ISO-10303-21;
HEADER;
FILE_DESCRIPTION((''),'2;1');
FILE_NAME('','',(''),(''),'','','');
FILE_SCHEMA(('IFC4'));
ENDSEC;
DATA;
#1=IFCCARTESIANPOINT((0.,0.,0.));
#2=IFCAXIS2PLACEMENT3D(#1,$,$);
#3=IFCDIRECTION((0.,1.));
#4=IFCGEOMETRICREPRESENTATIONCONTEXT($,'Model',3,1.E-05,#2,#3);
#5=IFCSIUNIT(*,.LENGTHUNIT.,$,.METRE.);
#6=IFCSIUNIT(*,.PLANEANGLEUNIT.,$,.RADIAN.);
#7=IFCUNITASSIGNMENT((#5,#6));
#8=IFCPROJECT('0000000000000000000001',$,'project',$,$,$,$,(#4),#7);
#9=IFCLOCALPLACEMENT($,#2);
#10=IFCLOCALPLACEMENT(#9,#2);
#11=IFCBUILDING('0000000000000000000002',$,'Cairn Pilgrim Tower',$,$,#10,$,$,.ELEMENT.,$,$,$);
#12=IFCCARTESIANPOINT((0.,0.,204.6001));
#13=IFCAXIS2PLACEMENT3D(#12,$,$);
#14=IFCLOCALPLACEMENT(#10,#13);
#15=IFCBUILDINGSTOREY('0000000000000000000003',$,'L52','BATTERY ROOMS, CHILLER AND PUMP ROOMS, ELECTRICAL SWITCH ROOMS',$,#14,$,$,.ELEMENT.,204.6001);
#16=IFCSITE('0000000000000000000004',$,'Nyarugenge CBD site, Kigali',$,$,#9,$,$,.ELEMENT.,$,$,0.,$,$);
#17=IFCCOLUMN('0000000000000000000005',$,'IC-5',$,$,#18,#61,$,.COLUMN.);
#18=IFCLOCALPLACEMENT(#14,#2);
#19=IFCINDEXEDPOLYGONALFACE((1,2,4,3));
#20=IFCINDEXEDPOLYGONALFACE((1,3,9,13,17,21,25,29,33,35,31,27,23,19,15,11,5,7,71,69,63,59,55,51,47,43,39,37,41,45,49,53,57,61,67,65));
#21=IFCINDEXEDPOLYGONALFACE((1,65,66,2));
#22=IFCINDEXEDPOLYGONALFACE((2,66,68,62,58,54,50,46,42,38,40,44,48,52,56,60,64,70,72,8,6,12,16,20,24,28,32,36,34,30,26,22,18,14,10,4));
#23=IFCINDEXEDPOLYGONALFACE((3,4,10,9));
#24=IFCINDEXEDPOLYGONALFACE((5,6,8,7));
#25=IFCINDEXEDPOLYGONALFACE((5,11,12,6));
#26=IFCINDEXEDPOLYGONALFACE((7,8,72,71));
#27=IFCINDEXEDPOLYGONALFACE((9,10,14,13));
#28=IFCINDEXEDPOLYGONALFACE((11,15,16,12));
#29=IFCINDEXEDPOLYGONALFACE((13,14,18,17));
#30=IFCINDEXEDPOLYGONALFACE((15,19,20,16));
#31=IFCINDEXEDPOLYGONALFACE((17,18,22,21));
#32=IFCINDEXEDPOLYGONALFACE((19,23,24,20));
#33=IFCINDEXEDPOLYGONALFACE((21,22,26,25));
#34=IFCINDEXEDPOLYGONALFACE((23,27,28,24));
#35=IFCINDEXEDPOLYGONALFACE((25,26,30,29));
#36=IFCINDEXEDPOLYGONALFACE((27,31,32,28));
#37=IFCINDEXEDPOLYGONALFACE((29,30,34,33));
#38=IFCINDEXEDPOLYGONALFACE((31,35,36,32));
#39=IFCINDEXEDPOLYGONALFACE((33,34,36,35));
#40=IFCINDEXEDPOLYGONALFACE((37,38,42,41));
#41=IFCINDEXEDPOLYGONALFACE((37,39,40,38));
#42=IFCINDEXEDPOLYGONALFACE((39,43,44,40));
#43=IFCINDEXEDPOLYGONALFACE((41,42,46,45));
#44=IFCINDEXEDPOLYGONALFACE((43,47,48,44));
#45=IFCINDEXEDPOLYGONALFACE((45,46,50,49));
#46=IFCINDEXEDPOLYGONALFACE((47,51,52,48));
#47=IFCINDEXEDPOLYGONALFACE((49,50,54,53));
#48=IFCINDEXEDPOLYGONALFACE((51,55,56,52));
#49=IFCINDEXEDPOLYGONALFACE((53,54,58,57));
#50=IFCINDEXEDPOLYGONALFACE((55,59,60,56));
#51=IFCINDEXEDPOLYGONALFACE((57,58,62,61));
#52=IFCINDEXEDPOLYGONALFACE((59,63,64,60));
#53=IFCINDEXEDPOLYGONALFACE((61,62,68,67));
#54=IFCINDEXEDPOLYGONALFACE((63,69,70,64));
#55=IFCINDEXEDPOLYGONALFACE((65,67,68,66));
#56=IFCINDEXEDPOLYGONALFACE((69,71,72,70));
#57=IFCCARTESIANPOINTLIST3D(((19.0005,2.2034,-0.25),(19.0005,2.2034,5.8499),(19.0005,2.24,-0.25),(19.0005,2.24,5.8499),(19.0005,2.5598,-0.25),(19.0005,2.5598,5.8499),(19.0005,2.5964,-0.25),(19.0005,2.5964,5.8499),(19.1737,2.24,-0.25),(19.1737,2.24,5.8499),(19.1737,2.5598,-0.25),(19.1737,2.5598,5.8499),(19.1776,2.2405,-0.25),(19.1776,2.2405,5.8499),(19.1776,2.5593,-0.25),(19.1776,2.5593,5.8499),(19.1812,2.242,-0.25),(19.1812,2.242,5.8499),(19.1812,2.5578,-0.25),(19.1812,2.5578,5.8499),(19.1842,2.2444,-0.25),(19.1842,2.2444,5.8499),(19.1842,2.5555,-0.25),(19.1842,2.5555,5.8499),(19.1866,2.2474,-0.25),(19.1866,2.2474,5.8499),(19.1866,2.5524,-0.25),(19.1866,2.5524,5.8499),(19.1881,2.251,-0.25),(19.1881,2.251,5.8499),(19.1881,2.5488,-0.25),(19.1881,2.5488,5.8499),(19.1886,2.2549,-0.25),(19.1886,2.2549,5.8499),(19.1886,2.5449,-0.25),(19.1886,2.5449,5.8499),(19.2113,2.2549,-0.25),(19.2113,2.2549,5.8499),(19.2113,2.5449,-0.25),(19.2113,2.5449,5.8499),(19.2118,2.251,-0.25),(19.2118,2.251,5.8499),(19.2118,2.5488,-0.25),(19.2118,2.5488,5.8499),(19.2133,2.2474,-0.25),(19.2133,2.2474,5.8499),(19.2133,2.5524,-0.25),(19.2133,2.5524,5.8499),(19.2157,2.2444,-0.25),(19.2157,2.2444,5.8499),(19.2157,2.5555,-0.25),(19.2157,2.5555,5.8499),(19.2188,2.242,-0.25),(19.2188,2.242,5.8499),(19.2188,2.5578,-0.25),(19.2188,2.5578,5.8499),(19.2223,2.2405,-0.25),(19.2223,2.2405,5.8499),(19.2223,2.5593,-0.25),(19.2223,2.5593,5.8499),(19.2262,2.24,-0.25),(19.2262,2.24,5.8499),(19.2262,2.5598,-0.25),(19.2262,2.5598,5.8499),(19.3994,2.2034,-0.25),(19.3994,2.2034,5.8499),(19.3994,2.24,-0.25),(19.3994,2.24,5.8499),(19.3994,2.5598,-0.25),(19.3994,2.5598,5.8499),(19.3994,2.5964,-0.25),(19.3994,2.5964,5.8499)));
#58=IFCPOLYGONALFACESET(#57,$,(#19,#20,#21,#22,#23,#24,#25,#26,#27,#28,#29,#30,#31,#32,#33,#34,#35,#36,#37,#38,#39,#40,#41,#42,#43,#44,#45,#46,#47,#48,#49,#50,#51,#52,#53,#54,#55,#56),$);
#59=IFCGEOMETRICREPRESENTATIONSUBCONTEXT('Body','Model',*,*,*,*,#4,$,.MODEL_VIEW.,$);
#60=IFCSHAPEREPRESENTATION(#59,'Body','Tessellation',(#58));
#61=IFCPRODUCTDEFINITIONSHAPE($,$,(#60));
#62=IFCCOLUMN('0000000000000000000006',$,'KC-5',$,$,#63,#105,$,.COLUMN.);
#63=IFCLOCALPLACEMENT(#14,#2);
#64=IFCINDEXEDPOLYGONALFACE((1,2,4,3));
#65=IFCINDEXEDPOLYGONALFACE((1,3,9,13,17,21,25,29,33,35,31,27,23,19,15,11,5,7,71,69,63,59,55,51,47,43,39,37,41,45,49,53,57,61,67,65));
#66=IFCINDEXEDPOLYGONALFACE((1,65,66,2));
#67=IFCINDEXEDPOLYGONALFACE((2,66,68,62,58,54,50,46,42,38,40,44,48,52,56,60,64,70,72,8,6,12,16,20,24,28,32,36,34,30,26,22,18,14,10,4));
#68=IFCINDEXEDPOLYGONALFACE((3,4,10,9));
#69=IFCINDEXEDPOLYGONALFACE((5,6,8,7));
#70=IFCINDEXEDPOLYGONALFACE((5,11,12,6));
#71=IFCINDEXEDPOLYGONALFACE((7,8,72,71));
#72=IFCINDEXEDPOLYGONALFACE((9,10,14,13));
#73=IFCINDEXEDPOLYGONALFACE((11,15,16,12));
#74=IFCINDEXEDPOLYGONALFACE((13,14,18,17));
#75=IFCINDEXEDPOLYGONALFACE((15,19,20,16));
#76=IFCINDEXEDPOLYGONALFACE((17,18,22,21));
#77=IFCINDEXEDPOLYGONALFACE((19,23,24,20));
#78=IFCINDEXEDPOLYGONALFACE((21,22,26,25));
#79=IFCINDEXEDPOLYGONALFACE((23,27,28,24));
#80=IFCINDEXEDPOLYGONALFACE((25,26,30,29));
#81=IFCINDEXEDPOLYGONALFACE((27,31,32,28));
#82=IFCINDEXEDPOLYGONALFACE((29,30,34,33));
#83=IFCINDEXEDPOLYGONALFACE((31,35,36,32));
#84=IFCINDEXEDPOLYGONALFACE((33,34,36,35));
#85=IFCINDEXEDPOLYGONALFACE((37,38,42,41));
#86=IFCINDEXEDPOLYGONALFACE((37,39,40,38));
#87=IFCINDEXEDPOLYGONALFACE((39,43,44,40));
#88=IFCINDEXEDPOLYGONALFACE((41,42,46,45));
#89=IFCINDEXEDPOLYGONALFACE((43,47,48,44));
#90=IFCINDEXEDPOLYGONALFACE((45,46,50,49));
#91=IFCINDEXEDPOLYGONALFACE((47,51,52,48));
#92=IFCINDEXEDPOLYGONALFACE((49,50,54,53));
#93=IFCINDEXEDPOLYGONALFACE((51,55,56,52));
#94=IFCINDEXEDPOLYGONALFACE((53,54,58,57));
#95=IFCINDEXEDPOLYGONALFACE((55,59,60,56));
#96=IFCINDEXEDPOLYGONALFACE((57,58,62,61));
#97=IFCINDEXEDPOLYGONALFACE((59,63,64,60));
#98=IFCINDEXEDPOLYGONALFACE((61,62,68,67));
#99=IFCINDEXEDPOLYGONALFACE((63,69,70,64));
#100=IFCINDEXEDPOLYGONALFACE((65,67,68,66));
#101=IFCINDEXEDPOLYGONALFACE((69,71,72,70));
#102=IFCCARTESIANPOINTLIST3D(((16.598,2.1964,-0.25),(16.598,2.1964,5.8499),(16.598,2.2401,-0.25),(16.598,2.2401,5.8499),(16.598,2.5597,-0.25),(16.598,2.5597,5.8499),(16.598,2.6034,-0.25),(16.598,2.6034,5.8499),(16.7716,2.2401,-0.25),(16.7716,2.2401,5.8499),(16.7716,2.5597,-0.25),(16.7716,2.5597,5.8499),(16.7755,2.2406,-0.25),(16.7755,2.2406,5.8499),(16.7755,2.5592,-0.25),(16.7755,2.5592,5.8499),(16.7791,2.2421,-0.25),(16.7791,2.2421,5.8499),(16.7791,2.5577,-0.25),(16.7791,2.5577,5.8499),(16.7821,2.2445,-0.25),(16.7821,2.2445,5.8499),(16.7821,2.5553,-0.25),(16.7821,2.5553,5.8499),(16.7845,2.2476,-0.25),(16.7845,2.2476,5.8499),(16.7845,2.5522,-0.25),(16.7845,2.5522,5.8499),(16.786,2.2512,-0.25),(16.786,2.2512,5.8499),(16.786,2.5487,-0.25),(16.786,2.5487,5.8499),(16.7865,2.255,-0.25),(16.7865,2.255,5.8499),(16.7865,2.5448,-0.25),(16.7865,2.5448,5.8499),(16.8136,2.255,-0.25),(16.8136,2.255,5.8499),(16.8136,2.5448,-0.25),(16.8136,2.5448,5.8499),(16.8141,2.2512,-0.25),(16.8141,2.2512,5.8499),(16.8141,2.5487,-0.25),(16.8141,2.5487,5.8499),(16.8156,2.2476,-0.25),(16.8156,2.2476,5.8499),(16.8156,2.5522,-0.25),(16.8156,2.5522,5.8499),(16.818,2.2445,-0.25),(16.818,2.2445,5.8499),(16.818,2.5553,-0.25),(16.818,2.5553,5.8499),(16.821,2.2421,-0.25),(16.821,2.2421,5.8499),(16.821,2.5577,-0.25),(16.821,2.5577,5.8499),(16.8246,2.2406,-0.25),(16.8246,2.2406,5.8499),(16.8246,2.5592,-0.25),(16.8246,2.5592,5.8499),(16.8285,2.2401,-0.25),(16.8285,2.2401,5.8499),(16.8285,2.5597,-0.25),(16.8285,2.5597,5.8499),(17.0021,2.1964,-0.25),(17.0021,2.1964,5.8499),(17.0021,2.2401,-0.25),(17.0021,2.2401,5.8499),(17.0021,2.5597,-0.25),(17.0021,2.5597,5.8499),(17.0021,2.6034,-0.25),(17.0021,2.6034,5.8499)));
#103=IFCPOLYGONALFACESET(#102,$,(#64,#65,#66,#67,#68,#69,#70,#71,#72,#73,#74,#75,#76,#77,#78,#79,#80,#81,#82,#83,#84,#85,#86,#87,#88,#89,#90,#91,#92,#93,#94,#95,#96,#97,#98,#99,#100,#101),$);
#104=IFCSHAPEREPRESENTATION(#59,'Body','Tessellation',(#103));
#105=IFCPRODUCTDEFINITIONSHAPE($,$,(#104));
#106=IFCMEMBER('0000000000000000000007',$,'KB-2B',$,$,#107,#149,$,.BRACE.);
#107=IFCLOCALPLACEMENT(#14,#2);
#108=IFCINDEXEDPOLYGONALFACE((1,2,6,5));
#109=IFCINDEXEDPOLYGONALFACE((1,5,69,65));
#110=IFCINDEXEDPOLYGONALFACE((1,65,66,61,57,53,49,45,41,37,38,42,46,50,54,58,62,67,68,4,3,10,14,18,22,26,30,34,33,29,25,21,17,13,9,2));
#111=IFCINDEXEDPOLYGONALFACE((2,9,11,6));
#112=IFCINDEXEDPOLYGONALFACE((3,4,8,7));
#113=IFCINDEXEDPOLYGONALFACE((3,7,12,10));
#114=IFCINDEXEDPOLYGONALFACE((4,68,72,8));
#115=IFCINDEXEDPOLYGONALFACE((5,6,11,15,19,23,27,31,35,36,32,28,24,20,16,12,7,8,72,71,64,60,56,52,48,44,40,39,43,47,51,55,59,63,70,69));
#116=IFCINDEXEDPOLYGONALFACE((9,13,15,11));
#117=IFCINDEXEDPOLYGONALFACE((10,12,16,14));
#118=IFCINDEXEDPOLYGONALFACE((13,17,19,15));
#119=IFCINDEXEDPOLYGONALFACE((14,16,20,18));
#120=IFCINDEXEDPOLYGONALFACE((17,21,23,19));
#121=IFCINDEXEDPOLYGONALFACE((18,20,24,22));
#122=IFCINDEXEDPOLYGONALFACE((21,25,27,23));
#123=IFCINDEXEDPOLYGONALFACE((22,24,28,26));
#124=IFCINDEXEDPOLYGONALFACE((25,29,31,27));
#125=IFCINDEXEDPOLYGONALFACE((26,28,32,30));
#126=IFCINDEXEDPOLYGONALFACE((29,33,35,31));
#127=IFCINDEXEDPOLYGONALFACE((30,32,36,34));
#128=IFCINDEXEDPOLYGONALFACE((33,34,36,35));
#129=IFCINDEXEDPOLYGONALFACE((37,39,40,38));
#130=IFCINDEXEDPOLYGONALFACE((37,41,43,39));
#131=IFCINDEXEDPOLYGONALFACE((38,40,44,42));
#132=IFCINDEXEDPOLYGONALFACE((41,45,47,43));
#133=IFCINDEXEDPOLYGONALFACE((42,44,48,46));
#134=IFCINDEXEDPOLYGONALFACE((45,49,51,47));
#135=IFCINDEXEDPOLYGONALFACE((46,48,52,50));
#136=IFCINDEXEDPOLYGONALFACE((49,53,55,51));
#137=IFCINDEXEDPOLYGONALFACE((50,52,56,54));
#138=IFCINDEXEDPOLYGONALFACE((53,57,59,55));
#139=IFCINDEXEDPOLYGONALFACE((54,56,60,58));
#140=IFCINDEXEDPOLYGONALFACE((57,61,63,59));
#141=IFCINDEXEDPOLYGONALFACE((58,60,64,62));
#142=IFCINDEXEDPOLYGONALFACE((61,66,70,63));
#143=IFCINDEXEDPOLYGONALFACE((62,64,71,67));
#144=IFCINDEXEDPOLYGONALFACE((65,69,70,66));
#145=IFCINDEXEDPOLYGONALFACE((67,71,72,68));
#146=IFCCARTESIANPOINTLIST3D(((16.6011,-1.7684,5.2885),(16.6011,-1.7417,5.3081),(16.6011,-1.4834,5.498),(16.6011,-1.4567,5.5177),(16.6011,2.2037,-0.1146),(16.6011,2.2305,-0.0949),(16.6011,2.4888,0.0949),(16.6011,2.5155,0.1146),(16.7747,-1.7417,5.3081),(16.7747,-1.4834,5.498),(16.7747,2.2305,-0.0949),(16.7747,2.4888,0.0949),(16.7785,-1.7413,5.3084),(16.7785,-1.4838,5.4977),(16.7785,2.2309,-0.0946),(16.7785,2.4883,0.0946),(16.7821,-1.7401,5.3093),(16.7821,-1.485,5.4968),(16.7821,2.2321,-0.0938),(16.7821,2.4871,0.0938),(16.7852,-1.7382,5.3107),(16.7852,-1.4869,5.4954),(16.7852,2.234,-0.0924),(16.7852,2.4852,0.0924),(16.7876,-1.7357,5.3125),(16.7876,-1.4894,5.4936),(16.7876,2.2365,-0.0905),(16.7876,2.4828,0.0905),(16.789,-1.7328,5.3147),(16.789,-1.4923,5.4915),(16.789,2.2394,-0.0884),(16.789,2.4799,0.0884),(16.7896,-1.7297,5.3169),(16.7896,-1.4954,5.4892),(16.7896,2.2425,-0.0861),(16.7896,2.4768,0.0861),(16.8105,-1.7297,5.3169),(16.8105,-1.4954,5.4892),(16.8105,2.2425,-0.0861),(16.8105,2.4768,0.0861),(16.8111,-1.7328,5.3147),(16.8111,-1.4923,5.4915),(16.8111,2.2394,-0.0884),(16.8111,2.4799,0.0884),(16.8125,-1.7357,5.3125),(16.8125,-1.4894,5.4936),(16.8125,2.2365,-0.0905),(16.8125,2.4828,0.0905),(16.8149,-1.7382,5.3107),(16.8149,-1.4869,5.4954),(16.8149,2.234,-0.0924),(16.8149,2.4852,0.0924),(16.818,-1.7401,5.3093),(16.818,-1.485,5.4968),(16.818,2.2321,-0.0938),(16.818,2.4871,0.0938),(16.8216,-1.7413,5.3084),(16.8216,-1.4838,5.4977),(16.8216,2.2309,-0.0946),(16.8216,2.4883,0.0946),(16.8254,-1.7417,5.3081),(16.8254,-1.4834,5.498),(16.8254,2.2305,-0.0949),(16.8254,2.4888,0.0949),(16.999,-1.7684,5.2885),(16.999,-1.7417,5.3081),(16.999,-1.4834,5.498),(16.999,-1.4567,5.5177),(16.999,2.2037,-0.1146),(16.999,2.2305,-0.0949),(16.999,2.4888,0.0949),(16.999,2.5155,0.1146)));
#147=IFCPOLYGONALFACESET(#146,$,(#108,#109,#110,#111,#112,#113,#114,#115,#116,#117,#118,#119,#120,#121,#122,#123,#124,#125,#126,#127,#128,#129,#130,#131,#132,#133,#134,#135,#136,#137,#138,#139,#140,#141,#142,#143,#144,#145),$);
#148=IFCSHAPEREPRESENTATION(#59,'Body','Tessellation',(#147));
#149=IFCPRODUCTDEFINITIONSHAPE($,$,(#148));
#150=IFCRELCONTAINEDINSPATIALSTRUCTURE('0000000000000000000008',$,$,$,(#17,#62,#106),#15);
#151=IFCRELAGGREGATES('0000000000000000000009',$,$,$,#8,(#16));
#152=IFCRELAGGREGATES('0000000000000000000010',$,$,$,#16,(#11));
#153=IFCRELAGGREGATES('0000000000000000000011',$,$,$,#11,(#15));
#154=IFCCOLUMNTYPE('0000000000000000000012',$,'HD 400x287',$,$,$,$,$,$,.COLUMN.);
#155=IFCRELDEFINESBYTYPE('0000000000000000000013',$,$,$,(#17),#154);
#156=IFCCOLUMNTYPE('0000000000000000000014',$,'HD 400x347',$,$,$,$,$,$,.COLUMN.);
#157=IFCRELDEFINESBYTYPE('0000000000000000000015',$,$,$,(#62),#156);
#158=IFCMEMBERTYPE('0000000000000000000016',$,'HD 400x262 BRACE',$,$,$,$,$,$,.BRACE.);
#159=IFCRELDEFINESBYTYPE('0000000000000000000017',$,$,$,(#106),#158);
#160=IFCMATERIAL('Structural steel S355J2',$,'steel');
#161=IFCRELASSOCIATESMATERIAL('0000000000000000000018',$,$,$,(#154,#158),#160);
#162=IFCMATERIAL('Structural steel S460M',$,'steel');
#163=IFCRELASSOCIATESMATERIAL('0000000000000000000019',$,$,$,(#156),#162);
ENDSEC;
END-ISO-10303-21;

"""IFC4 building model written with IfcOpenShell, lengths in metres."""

from ifc_helpers import new_model, si_unit, direction, frame, origin, origin_2d, place, context, subcontext, project, spatial, i_section, extrude, material, material_profile, profile_set, type_object, element, save


model = new_model("IFC4")

# Units and contexts
model_context = context("Model", 3, precision=1e-05, world=origin(), true_north=direction((0.0, 1.0)))
body_context = subcontext(model_context, "Body", "Model", "MODEL_VIEW")
ifc_project = project(units=[si_unit("LENGTHUNIT", "METRE"), si_unit("PLANEANGLEUNIT", "RADIAN")], contexts=[model_context])

# Site, building, storey
site_placement = place(None, origin())
site = spatial("IfcSite", under=ifc_project, at=site_placement, Name="Nyarugenge CBD site, Kigali", CompositionType="ELEMENT", RefElevation=0.0)
building_placement = place(site_placement, origin())
building = spatial("IfcBuilding", under=site, at=building_placement, Name="Cairn Pilgrim Tower", CompositionType="ELEMENT")
storey_placement = place(building_placement, frame((0.0, 0.0, 204.6001)))
storey = spatial("IfcBuildingStorey", under=building, at=storey_placement, Name="L52", Description="BATTERY ROOMS, CHILLER AND PUMP ROOMS, ELECTRICAL SWITCH ROOMS", CompositionType="ELEMENT", Elevation=204.6001)

# Columns
ifc_material_1 = material(Name="Structural steel S355J2", Category="steel")
ifc_material_profile_1 = material_profile(ifc_material_1, i_section(OverallWidth=0.3989, OverallDepth=0.3931, WebThickness=0.0227, FlangeThickness=0.0366, FilletRadius=0.0149, at=origin_2d()), Name="HD 400x287")
ifc_profile_set_1 = profile_set([ifc_material_profile_1], Name="Structural steel S355J2")
column_type_1 = type_object("IfcColumnType", Name="HD 400x287", PredefinedType="COLUMN", material=ifc_profile_set_1)
column_1_placement = place(storey_placement, frame((19.2, 2.3999, -0.25), z_axis=(0.0, 0.0, 1.0), x_axis=(1.0, 0.0, 0.0)))
element("IfcColumn", 1, at=column_1_placement, inside=storey, type_object=column_type_1, Name="IC-5", PredefinedType="COLUMN", context=body_context, shape_type="SweptSolid", body=[
    extrude(i_section(OverallWidth=0.3989, OverallDepth=0.3931, WebThickness=0.0227, FlangeThickness=0.0366, FilletRadius=0.0149, at=origin_2d()), origin(), (0.0, 0.0, 1.0), 6.0999),
])
ifc_material_2 = material(Name="Structural steel S460M", Category="steel")
ifc_material_profile_2 = material_profile(ifc_material_2, i_section(OverallWidth=0.4041, OverallDepth=0.407, WebThickness=0.0271, FlangeThickness=0.0437, FilletRadius=0.0149, at=origin_2d()), Name="HD 400x347")
ifc_profile_set_2 = profile_set([ifc_material_profile_2], Name="Structural steel S460M")
column_type_2 = type_object("IfcColumnType", Name="HD 400x347", PredefinedType="COLUMN", material=ifc_profile_set_2)
column_2_placement = place(storey_placement, frame((16.8, 2.3999, -0.25), z_axis=(0.0, 0.0, 1.0), x_axis=(1.0, 0.0, 0.0)))
element("IfcColumn", 2, at=column_2_placement, inside=storey, type_object=column_type_2, Name="KC-5", PredefinedType="COLUMN", context=body_context, shape_type="SweptSolid", body=[
    extrude(i_section(OverallWidth=0.4041, OverallDepth=0.407, WebThickness=0.0271, FlangeThickness=0.0437, FilletRadius=0.0149, at=origin_2d()), origin(), (0.0, 0.0, 1.0), 6.0999),
])

# Member
ifc_material_profile_3 = material_profile(ifc_material_1, i_section(OverallWidth=0.3979, OverallDepth=0.387, WebThickness=0.021, FlangeThickness=0.0332, FilletRadius=0.0149, at=origin_2d()), Name="HD 400x262")
ifc_profile_set_3 = profile_set([ifc_material_profile_3], Name="Structural steel S355J2")
member_type = type_object("IfcMemberType", Name="HD 400x262 BRACE", PredefinedType="BRACE", material=ifc_profile_set_3)
member_placement = place(storey_placement, frame((16.8, 2.3596, 0.0), z_axis=(0.0, -0.592324, 0.8057), x_axis=(1.0, 0.0, 0.0)))
element("IfcMember", 3, at=member_placement, inside=storey, type_object=member_type, Name="KB-2B", PredefinedType="BRACE", context=body_context, shape_type="SweptSolid", body=[
    extrude(i_section(OverallWidth=0.3979, OverallDepth=0.387, WebThickness=0.021, FlangeThickness=0.0332, FilletRadius=0.0149, at=origin_2d()), origin(), (0.0, 0.0, 1.0), 6.7061),
])

save(model, "model.ifc")
